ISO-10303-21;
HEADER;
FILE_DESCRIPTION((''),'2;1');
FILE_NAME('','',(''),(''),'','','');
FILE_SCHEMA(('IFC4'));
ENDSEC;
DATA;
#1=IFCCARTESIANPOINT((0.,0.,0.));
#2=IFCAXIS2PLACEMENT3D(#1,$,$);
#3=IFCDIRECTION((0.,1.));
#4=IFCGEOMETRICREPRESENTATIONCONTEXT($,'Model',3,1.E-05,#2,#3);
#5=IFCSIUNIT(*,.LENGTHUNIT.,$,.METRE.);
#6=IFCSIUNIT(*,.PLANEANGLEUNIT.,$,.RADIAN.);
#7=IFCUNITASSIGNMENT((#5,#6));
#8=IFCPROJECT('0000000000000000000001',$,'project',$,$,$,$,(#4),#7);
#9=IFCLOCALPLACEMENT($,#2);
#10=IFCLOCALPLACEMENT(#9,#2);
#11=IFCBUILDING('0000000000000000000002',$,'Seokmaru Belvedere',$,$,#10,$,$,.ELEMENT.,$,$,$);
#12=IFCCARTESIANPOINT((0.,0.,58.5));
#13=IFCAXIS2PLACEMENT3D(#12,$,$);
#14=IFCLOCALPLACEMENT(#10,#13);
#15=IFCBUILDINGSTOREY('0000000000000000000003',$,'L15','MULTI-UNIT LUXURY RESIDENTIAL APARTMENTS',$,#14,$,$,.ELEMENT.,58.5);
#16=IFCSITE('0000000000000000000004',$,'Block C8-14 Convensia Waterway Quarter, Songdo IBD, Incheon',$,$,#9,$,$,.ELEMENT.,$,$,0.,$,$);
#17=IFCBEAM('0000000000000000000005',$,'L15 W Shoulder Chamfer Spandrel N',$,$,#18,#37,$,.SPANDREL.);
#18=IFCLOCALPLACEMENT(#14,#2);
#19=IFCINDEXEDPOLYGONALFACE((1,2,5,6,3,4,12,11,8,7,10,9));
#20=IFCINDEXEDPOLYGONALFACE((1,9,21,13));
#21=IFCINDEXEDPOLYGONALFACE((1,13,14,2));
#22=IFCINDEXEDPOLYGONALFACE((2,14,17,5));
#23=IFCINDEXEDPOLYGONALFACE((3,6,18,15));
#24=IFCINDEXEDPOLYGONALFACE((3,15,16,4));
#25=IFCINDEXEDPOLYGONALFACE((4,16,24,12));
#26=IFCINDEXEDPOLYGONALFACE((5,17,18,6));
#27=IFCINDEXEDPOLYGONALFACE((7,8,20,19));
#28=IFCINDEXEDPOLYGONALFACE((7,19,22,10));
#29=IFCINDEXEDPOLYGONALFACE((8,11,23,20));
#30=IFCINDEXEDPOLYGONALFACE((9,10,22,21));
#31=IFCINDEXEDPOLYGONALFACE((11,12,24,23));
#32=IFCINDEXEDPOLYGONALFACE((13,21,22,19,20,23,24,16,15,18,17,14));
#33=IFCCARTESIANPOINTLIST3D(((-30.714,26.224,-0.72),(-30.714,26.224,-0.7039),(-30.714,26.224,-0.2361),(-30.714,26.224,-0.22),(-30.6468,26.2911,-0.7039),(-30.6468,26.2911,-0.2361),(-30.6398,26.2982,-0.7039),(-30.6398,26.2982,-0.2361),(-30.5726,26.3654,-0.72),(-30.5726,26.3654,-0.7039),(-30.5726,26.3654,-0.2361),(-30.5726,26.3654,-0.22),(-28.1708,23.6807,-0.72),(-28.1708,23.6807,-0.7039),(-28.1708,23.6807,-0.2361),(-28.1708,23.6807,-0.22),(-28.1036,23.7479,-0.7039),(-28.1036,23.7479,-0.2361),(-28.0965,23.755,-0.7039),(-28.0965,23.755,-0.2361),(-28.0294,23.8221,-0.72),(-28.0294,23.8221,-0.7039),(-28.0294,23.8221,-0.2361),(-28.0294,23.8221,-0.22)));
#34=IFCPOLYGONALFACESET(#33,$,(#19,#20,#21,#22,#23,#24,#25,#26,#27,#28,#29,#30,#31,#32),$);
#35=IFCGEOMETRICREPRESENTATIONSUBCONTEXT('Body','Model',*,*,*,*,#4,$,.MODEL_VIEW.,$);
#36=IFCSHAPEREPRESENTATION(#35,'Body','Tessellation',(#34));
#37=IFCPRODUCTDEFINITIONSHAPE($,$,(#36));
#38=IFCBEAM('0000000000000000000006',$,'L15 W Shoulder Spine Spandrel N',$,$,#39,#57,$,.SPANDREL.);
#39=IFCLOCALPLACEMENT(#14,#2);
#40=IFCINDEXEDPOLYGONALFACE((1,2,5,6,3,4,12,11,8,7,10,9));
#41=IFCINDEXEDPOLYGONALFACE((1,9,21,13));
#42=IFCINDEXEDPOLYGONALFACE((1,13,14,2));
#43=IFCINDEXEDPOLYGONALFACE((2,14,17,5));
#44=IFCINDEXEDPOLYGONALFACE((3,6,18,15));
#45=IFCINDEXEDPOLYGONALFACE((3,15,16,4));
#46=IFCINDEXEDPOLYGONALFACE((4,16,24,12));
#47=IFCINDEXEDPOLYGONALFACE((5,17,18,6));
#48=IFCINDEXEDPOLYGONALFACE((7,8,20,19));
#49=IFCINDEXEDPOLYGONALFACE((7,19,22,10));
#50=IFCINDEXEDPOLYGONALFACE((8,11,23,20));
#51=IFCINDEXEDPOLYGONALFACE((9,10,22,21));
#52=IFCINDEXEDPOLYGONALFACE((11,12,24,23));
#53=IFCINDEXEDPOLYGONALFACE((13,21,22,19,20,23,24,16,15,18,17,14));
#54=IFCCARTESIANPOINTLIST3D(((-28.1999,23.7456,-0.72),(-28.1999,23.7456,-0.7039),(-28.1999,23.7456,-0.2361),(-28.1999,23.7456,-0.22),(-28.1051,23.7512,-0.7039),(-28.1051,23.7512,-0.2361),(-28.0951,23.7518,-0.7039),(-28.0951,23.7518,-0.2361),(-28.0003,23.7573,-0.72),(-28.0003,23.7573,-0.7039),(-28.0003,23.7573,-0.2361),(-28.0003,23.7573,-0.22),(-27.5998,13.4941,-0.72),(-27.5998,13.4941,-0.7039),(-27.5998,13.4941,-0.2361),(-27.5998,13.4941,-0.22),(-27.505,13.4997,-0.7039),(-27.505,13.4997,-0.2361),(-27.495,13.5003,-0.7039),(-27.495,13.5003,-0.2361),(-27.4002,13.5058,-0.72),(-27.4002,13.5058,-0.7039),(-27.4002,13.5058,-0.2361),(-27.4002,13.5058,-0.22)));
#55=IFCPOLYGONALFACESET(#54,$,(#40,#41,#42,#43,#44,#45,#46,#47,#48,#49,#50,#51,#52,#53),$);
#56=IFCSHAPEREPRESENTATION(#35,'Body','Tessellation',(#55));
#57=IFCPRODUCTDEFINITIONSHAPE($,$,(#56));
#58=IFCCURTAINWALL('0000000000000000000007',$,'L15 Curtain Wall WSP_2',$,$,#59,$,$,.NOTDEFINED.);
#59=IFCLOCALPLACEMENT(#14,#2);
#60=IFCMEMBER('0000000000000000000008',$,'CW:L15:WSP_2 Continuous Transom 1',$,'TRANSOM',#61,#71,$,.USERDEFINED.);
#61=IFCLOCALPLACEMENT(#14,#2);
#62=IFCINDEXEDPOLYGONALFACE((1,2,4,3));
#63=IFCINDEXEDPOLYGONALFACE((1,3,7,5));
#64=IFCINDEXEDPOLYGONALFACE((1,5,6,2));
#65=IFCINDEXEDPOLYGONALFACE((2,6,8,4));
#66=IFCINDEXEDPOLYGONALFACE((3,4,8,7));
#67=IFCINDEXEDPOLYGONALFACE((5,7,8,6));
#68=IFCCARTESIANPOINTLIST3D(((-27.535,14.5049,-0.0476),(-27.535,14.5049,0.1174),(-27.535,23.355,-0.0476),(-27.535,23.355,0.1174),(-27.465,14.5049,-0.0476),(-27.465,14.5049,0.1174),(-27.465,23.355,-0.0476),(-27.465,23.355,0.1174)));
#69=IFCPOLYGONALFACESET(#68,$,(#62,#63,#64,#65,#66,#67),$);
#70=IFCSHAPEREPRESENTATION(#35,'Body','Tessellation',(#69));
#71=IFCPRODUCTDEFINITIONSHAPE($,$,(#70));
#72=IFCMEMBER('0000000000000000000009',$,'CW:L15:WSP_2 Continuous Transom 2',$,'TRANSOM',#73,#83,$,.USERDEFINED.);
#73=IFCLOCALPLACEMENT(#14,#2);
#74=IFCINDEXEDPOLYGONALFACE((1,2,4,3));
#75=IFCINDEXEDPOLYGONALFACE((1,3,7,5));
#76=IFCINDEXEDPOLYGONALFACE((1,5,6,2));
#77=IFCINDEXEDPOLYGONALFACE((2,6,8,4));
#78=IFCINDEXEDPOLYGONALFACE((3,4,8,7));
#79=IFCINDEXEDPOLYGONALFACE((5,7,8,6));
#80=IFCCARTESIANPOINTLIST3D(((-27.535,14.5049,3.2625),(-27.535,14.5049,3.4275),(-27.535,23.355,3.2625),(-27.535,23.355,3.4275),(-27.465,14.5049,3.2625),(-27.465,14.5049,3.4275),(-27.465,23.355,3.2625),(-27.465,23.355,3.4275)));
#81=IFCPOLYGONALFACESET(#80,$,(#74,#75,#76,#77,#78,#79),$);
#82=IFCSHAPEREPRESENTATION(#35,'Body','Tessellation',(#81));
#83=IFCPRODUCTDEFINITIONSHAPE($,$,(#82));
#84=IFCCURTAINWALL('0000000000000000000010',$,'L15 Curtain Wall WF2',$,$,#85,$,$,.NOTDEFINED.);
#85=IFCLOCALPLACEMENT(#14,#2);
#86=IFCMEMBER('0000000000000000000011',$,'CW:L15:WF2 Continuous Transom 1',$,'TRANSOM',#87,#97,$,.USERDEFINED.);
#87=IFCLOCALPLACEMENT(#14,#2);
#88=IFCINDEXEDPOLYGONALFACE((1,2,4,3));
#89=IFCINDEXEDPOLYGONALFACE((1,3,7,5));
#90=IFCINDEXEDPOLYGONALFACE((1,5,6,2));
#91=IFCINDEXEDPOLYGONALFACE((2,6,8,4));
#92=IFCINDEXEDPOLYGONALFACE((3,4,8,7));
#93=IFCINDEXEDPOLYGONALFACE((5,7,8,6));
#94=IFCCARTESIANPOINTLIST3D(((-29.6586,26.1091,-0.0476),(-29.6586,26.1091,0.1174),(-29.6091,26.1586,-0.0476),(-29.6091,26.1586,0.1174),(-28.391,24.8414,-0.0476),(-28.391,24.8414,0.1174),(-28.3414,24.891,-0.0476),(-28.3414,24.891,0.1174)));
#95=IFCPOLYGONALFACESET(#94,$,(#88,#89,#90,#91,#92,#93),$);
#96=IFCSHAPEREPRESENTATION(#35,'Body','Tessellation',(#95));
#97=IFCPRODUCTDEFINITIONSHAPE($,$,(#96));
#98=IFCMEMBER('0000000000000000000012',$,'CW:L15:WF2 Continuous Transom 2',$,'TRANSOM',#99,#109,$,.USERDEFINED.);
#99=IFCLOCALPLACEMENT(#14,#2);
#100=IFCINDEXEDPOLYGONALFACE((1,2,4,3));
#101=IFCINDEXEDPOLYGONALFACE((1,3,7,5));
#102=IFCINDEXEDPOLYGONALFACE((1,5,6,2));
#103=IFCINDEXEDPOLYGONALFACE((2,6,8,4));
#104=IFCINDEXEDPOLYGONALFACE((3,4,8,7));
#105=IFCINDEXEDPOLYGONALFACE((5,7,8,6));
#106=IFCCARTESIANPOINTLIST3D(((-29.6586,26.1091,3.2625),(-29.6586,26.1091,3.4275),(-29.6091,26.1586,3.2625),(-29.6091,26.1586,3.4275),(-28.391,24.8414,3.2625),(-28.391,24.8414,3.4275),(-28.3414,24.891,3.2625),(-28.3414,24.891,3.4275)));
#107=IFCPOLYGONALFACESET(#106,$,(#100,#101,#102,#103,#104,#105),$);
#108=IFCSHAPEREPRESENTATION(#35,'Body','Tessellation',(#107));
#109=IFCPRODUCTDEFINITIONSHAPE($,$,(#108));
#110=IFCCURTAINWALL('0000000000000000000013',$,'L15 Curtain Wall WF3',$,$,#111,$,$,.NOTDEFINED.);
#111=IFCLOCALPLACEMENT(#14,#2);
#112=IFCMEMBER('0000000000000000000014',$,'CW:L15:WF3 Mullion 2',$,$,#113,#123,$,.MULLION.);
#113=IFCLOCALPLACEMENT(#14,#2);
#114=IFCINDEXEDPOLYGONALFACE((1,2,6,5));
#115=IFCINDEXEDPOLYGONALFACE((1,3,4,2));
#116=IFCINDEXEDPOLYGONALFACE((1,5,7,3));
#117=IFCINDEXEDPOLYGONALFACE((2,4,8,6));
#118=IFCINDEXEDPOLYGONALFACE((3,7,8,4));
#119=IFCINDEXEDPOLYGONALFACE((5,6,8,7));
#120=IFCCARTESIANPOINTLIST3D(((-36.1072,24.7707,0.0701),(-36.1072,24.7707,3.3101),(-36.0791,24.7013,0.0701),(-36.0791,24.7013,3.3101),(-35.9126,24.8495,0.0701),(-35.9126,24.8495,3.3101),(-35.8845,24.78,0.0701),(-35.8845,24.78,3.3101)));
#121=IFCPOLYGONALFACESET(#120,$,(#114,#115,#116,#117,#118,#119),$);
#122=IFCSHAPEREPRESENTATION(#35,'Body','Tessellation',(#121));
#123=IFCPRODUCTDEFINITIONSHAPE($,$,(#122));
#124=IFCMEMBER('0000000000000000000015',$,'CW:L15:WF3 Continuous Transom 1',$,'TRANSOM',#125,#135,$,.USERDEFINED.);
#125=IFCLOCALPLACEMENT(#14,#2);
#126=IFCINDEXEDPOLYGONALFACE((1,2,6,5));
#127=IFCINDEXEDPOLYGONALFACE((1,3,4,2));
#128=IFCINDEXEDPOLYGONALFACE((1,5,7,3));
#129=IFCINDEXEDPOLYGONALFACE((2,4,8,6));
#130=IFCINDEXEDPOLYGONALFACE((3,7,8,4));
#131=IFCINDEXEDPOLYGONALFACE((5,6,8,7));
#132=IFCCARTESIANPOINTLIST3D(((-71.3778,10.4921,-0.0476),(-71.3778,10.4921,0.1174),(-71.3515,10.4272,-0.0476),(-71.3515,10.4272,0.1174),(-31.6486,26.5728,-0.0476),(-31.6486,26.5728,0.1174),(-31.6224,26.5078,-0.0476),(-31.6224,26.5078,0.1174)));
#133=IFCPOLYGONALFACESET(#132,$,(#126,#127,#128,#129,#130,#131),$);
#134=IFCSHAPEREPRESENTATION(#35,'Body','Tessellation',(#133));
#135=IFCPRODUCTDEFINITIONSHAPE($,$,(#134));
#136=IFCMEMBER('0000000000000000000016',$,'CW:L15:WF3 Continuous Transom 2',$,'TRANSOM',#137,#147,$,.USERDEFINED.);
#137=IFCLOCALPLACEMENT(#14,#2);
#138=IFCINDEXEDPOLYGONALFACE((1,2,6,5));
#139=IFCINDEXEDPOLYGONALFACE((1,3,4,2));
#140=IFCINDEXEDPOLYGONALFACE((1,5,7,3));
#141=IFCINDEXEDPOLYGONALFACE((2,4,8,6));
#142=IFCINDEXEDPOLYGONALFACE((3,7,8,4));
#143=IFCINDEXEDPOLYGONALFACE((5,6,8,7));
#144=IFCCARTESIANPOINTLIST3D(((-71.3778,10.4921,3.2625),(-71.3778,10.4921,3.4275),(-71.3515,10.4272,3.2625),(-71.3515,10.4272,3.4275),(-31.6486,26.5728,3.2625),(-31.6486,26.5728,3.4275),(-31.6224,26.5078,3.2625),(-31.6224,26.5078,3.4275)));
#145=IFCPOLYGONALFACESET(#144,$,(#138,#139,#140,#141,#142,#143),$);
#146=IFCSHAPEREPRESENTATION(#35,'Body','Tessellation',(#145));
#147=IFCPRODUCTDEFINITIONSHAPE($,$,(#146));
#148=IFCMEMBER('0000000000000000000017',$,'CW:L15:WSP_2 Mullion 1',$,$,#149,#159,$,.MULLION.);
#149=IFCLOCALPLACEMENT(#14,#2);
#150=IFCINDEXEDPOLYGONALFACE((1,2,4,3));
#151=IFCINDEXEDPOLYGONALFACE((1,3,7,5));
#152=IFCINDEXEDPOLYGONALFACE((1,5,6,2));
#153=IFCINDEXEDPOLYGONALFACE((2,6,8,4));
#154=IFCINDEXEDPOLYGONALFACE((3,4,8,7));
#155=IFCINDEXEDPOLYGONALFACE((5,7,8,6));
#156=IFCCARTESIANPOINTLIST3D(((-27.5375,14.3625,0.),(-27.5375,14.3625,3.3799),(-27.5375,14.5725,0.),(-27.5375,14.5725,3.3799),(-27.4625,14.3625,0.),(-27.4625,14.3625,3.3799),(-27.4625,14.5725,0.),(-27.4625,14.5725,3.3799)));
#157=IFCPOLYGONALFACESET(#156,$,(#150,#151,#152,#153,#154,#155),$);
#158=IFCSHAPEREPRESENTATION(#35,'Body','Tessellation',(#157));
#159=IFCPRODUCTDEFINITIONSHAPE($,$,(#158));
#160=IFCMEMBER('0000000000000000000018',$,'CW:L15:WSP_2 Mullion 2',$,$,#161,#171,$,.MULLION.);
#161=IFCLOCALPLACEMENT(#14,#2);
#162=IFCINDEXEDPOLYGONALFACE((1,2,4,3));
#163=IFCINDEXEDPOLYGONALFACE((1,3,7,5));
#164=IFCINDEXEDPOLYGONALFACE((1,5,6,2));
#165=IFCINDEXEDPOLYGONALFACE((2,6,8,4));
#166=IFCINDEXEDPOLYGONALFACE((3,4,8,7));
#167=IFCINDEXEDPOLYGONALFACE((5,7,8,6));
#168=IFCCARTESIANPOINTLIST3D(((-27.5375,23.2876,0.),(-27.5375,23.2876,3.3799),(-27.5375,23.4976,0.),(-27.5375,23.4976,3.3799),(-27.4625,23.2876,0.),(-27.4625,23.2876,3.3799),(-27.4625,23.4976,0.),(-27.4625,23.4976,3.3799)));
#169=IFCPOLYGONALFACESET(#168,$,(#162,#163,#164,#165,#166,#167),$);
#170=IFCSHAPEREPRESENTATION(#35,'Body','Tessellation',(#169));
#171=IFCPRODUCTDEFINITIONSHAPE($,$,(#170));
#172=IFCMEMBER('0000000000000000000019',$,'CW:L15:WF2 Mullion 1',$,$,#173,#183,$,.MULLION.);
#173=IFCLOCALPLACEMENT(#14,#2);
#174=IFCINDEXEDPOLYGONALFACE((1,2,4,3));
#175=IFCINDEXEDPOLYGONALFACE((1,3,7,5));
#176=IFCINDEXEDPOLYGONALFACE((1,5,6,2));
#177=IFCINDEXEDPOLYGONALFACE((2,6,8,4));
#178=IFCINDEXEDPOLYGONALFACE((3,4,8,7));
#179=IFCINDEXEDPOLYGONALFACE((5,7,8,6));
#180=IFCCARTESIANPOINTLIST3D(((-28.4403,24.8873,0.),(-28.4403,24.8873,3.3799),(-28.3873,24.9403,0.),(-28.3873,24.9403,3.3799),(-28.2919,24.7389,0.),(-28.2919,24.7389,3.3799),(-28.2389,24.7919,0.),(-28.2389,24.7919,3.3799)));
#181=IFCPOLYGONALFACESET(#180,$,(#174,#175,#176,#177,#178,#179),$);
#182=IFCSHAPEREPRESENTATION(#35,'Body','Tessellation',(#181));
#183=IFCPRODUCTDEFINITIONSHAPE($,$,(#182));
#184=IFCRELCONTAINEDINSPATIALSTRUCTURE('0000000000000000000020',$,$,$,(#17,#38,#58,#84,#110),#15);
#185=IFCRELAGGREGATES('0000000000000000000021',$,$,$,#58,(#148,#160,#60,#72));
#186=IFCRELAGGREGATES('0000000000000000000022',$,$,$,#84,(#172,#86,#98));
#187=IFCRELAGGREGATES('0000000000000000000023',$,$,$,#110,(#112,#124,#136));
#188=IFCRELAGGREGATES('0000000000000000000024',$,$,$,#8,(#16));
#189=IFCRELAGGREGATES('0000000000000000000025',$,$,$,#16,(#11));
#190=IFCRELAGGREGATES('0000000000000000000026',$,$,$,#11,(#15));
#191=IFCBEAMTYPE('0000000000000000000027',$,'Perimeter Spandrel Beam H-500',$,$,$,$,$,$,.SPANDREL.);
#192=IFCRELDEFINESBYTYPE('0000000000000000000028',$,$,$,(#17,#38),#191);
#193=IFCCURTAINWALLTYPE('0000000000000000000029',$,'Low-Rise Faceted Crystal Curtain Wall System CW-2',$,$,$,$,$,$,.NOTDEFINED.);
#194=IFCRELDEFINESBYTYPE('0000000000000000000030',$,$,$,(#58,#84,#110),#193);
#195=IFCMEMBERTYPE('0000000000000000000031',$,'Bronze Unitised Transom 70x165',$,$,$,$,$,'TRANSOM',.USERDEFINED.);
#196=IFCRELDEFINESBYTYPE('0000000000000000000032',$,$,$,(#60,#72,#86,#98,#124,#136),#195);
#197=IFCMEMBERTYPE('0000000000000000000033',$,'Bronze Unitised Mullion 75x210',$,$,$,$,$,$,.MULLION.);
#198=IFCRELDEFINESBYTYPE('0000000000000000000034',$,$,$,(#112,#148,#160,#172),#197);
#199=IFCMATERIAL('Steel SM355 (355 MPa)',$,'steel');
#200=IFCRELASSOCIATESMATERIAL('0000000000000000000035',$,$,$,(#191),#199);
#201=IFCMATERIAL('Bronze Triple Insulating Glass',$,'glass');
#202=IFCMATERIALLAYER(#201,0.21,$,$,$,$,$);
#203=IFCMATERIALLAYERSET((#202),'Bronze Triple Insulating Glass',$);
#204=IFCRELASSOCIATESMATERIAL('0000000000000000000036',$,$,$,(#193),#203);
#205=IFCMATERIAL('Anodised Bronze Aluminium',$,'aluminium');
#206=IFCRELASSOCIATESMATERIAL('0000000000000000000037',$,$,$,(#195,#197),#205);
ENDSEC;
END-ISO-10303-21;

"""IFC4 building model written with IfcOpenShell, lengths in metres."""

from ifc_helpers import new_model, si_unit, direction, frame, origin, origin_2d, place, context, subcontext, project, spatial, rectangle, i_section, extrude, source, transform, mapped, material, layer, layer_set, material_profile, profile_set, type_object, type_shapes, element, aggregate, save


model = new_model("IFC4")

# Units and contexts
model_context = context("Model", 3, precision=1e-05, world=origin(), true_north=direction((0.0, 1.0)))
body_context = subcontext(model_context, "Body", "Model", "MODEL_VIEW")
ifc_project = project(units=[si_unit("LENGTHUNIT", "METRE"), si_unit("PLANEANGLEUNIT", "RADIAN")], contexts=[model_context])

# Site, building, storey
site_placement = place(None, origin())
site = spatial("IfcSite", under=ifc_project, at=site_placement, Name="Block C8-14 Convensia Waterway Quarter, Songdo IBD, Incheon", CompositionType="ELEMENT", RefElevation=0.0)
building_placement = place(site_placement, origin())
building = spatial("IfcBuilding", under=site, at=building_placement, Name="Seokmaru Belvedere", CompositionType="ELEMENT")
storey_placement = place(building_placement, frame((0.0, 0.0, 58.5)))
storey = spatial("IfcBuildingStorey", under=building, at=storey_placement, Name="L15", Description="MULTI-UNIT LUXURY RESIDENTIAL APARTMENTS", CompositionType="ELEMENT", Elevation=58.5)

# Shared definitions
ifc_material_1 = material(Name="Steel SM355 (355 MPa)", Category="steel")

# Beams
ifc_material_profile_1 = material_profile(ifc_material_1, i_section(OverallWidth=0.2, OverallDepth=0.5, WebThickness=0.01, FlangeThickness=0.0161, at=origin_2d()), Name="H-500x200x10x16")
ifc_profile_set_1 = profile_set([ifc_material_profile_1], Name="Steel SM355 (355 MPa)")
beam_type_1 = type_object("IfcBeamType", Name="Perimeter Spandrel Beam H-500", PredefinedType="SPANDREL", material=ifc_profile_set_1)
shared_shape_1 = source(origin(), body_context, "Body", "SweptSolid", [
    extrude(i_section(OverallWidth=0.2, OverallDepth=0.5, WebThickness=0.01, FlangeThickness=0.0161, at=origin_2d()), origin(), (0.0, 0.0, 1.0), 3.5967),
])
beam_1_placement = place(storey_placement, frame((-30.6433, 26.2947, -0.47), z_axis=(0.707107, -0.707107, 0.0), x_axis=(0.707107, 0.707107, 0.0)))
element("IfcBeam", 1, at=beam_1_placement, inside=storey, type_object=beam_type_1, Name="L15 W Shoulder Chamfer Spandrel N", PredefinedType="SPANDREL", context=body_context, shape_type="MappedRepresentation", body=[
    mapped(shared_shape_1, transform((0.0, 0.0, 0.0), scale=1.0)),
])
shared_shape_2 = source(origin(), body_context, "Body", "SweptSolid", [
    extrude(i_section(OverallWidth=0.2, OverallDepth=0.5, WebThickness=0.01, FlangeThickness=0.0161, at=origin_2d()), origin(), (0.0, 0.0, 1.0), 10.269),
])
beam_2_placement = place(storey_placement, frame((-28.1001, 23.7515, -0.47), z_axis=(0.058438, -0.998291, 0.0), x_axis=(0.998291, 0.058438, 0.0)))
element("IfcBeam", 2, at=beam_2_placement, inside=storey, type_object=beam_type_1, Name="L15 W Shoulder Spine Spandrel N", PredefinedType="SPANDREL", context=body_context, shape_type="MappedRepresentation", body=[
    mapped(shared_shape_2, transform((0.0, 0.0, 0.0), scale=1.0)),
])

# Curtain walls, members
ifc_material_2 = material(Name="Bronze Triple Insulating Glass", Category="glass")
ifc_layer_1 = layer(ifc_material_2, 0.21)
ifc_layer_set_1 = layer_set([ifc_layer_1], Name="Bronze Triple Insulating Glass")
curtain_wall_type = type_object("IfcCurtainWallType", Name="Low-Rise Faceted Crystal Curtain Wall System CW-2", PredefinedType="NOTDEFINED", material=ifc_layer_set_1)
curtain_wall_1_placement = place(storey_placement, origin())
curtain_wall_1 = element("IfcCurtainWall", 3, at=curtain_wall_1_placement, inside=storey, type_object=curtain_wall_type, Name="L15 Curtain Wall WSP_2", PredefinedType="NOTDEFINED")
ifc_material_3 = material(Name="Anodised Bronze Aluminium", Category="aluminium")
ifc_material_profile_2 = material_profile(ifc_material_3, rectangle(XDim=0.0701, YDim=0.165, at=origin_2d()), Name="CW-T-70x165")
ifc_profile_set_2 = profile_set([ifc_material_profile_2], Name="Anodised Bronze Aluminium")
member_type_1 = type_object("IfcMemberType", Name="Bronze Unitised Transom 70x165", ElementType="TRANSOM", PredefinedType="USERDEFINED", material=ifc_profile_set_2)
shared_shape_3 = source(origin(), body_context, "Body", "SweptSolid", [
    extrude(rectangle(XDim=0.0701, YDim=0.165, at=origin_2d()), origin(), (0.0, 0.0, 1.0), 8.8501),
])
member_1_placement = place(storey_placement, frame((-27.5, 14.5049, 0.0349), z_axis=(0.0, 1.0, 0.0), x_axis=(-1.0, 0.0, 0.0)))
member_1 = element("IfcMember", 4, at=member_1_placement, type_object=member_type_1, Name="CW:L15:WSP_2 Continuous Transom 1", ObjectType="TRANSOM", PredefinedType="USERDEFINED", context=body_context, shape_type="MappedRepresentation", body=[
    mapped(shared_shape_3, transform((0.0, 0.0, 0.0), scale=1.0)),
])
member_2_placement = place(storey_placement, frame((-27.5, 14.5049, 3.345), z_axis=(0.0, 1.0, 0.0), x_axis=(-1.0, 0.0, 0.0)))
member_2 = element("IfcMember", 5, at=member_2_placement, type_object=member_type_1, Name="CW:L15:WSP_2 Continuous Transom 2", ObjectType="TRANSOM", PredefinedType="USERDEFINED", context=body_context, shape_type="MappedRepresentation", body=[
    mapped(shared_shape_3, transform((0.0, 0.0, 0.0), scale=1.0)),
])
curtain_wall_2_placement = place(storey_placement, origin())
curtain_wall_2 = element("IfcCurtainWall", 6, at=curtain_wall_2_placement, inside=storey, type_object=curtain_wall_type, Name="L15 Curtain Wall WF2", PredefinedType="NOTDEFINED")
shared_shape_4 = source(origin(), body_context, "Body", "SweptSolid", [
    extrude(rectangle(XDim=0.0701, YDim=0.165, at=origin_2d()), origin(), (0.0, 0.0, 1.0), 1.7927),
])
member_3_placement = place(storey_placement, frame((-28.3662, 24.8662, 0.0349), z_axis=(-0.707107, 0.707107, 0.0), x_axis=(-0.707107, -0.707107, 0.0)))
member_3 = element("IfcMember", 7, at=member_3_placement, type_object=member_type_1, Name="CW:L15:WF2 Continuous Transom 1", ObjectType="TRANSOM", PredefinedType="USERDEFINED", context=body_context, shape_type="MappedRepresentation", body=[
    mapped(shared_shape_4, transform((0.0, 0.0, 0.0), scale=1.0)),
])
member_4_placement = place(storey_placement, frame((-28.3662, 24.8662, 3.345), z_axis=(-0.707107, 0.707107, 0.0), x_axis=(-0.707107, -0.707107, 0.0)))
member_4 = element("IfcMember", 8, at=member_4_placement, type_object=member_type_1, Name="CW:L15:WF2 Continuous Transom 2", ObjectType="TRANSOM", PredefinedType="USERDEFINED", context=body_context, shape_type="MappedRepresentation", body=[
    mapped(shared_shape_4, transform((0.0, 0.0, 0.0), scale=1.0)),
])
curtain_wall_3_placement = place(storey_placement, origin())
curtain_wall_3 = element("IfcCurtainWall", 9, at=curtain_wall_3_placement, inside=storey, type_object=curtain_wall_type, Name="L15 Curtain Wall WF3", PredefinedType="NOTDEFINED")
ifc_material_profile_3 = material_profile(ifc_material_3, rectangle(XDim=0.075, YDim=0.21, at=origin_2d()), Name="CW-M-75x210")
ifc_profile_set_3 = profile_set([ifc_material_profile_3], Name="Anodised Bronze Aluminium")
member_type_2 = type_object("IfcMemberType", Name="Bronze Unitised Mullion 75x210", PredefinedType="MULLION", material=ifc_profile_set_3)
shared_shape_5 = source(origin(), body_context, "Body", "SweptSolid", [
    extrude(rectangle(XDim=0.075, YDim=0.21, at=origin_2d()), origin(), (0.0, 0.0, 1.0), 3.24),
])
member_5_placement = place(storey_placement, frame((-35.9958, 24.7754, 0.0701), z_axis=(0.0, 0.0, 1.0), x_axis=(0.375192, -0.926947, 0.0)))
member_5 = element("IfcMember", 10, at=member_5_placement, type_object=member_type_2, Name="CW:L15:WF3 Mullion 2", PredefinedType="MULLION", context=body_context, shape_type="MappedRepresentation", body=[
    mapped(shared_shape_5, transform((0.0, 0.0, 0.0), scale=1.0)),
])
shared_shape_6 = source(origin(), body_context, "Body", "SweptSolid", [
    extrude(rectangle(XDim=0.0701, YDim=0.165, at=origin_2d()), origin(), (0.0, 0.0, 1.0), 42.8601),
])
type_shapes(member_type_1, [shared_shape_3, shared_shape_4, shared_shape_6])
member_6_placement = place(storey_placement, frame((-31.6355, 26.5403, 0.0349), z_axis=(-0.926949, -0.375188, 0.0), x_axis=(0.375188, -0.926949, 0.0)))
member_6 = element("IfcMember", 11, at=member_6_placement, type_object=member_type_1, Name="CW:L15:WF3 Continuous Transom 1", ObjectType="TRANSOM", PredefinedType="USERDEFINED", context=body_context, shape_type="MappedRepresentation", body=[
    mapped(shared_shape_6, transform((0.0, 0.0, 0.0), scale=1.0)),
])
member_7_placement = place(storey_placement, frame((-31.6355, 26.5403, 3.345), z_axis=(-0.926949, -0.375188, 0.0), x_axis=(0.375188, -0.926949, 0.0)))
member_7 = element("IfcMember", 12, at=member_7_placement, type_object=member_type_1, Name="CW:L15:WF3 Continuous Transom 2", ObjectType="TRANSOM", PredefinedType="USERDEFINED", context=body_context, shape_type="MappedRepresentation", body=[
    mapped(shared_shape_6, transform((0.0, 0.0, 0.0), scale=1.0)),
])

# Members
shared_shape_7 = source(origin(), body_context, "Body", "SweptSolid", [
    extrude(rectangle(XDim=0.075, YDim=0.21, at=origin_2d()), origin(), (0.0, 0.0, 1.0), 3.3799),
])
type_shapes(member_type_2, [shared_shape_5, shared_shape_7])
member_8_placement = place(storey_placement, frame((-27.5, 14.4675, 0.0), z_axis=(0.0, 0.0, 1.0), x_axis=(-1.0, 0.0, 0.0)))
member_8 = element("IfcMember", 13, at=member_8_placement, type_object=member_type_2, Name="CW:L15:WSP_2 Mullion 1", PredefinedType="MULLION", context=body_context, shape_type="MappedRepresentation", body=[
    mapped(shared_shape_7, transform((0.0, 0.0, 0.0), scale=1.0)),
])
member_9_placement = place(storey_placement, frame((-27.5, 23.3926, 0.0), z_axis=(0.0, 0.0, 1.0), x_axis=(-1.0, 0.0, 0.0)))
member_9 = element("IfcMember", 14, at=member_9_placement, type_object=member_type_2, Name="CW:L15:WSP_2 Mullion 2", PredefinedType="MULLION", context=body_context, shape_type="MappedRepresentation", body=[
    mapped(shared_shape_7, transform((0.0, 0.0, 0.0), scale=1.0)),
])
member_10_placement = place(storey_placement, frame((-28.3396, 24.8396, 0.0), z_axis=(0.0, 0.0, 1.0), x_axis=(-0.707107, -0.707107, 0.0)))
member_10 = element("IfcMember", 15, at=member_10_placement, type_object=member_type_2, Name="CW:L15:WF2 Mullion 1", PredefinedType="MULLION", context=body_context, shape_type="MappedRepresentation", body=[
    mapped(shared_shape_7, transform((0.0, 0.0, 0.0), scale=1.0)),
])

aggregate(curtain_wall_1, [member_8, member_9, member_1, member_2])
aggregate(curtain_wall_2, [member_10, member_3, member_4])
aggregate(curtain_wall_3, [member_5, member_6, member_7])

save(model, "model.ifc")
